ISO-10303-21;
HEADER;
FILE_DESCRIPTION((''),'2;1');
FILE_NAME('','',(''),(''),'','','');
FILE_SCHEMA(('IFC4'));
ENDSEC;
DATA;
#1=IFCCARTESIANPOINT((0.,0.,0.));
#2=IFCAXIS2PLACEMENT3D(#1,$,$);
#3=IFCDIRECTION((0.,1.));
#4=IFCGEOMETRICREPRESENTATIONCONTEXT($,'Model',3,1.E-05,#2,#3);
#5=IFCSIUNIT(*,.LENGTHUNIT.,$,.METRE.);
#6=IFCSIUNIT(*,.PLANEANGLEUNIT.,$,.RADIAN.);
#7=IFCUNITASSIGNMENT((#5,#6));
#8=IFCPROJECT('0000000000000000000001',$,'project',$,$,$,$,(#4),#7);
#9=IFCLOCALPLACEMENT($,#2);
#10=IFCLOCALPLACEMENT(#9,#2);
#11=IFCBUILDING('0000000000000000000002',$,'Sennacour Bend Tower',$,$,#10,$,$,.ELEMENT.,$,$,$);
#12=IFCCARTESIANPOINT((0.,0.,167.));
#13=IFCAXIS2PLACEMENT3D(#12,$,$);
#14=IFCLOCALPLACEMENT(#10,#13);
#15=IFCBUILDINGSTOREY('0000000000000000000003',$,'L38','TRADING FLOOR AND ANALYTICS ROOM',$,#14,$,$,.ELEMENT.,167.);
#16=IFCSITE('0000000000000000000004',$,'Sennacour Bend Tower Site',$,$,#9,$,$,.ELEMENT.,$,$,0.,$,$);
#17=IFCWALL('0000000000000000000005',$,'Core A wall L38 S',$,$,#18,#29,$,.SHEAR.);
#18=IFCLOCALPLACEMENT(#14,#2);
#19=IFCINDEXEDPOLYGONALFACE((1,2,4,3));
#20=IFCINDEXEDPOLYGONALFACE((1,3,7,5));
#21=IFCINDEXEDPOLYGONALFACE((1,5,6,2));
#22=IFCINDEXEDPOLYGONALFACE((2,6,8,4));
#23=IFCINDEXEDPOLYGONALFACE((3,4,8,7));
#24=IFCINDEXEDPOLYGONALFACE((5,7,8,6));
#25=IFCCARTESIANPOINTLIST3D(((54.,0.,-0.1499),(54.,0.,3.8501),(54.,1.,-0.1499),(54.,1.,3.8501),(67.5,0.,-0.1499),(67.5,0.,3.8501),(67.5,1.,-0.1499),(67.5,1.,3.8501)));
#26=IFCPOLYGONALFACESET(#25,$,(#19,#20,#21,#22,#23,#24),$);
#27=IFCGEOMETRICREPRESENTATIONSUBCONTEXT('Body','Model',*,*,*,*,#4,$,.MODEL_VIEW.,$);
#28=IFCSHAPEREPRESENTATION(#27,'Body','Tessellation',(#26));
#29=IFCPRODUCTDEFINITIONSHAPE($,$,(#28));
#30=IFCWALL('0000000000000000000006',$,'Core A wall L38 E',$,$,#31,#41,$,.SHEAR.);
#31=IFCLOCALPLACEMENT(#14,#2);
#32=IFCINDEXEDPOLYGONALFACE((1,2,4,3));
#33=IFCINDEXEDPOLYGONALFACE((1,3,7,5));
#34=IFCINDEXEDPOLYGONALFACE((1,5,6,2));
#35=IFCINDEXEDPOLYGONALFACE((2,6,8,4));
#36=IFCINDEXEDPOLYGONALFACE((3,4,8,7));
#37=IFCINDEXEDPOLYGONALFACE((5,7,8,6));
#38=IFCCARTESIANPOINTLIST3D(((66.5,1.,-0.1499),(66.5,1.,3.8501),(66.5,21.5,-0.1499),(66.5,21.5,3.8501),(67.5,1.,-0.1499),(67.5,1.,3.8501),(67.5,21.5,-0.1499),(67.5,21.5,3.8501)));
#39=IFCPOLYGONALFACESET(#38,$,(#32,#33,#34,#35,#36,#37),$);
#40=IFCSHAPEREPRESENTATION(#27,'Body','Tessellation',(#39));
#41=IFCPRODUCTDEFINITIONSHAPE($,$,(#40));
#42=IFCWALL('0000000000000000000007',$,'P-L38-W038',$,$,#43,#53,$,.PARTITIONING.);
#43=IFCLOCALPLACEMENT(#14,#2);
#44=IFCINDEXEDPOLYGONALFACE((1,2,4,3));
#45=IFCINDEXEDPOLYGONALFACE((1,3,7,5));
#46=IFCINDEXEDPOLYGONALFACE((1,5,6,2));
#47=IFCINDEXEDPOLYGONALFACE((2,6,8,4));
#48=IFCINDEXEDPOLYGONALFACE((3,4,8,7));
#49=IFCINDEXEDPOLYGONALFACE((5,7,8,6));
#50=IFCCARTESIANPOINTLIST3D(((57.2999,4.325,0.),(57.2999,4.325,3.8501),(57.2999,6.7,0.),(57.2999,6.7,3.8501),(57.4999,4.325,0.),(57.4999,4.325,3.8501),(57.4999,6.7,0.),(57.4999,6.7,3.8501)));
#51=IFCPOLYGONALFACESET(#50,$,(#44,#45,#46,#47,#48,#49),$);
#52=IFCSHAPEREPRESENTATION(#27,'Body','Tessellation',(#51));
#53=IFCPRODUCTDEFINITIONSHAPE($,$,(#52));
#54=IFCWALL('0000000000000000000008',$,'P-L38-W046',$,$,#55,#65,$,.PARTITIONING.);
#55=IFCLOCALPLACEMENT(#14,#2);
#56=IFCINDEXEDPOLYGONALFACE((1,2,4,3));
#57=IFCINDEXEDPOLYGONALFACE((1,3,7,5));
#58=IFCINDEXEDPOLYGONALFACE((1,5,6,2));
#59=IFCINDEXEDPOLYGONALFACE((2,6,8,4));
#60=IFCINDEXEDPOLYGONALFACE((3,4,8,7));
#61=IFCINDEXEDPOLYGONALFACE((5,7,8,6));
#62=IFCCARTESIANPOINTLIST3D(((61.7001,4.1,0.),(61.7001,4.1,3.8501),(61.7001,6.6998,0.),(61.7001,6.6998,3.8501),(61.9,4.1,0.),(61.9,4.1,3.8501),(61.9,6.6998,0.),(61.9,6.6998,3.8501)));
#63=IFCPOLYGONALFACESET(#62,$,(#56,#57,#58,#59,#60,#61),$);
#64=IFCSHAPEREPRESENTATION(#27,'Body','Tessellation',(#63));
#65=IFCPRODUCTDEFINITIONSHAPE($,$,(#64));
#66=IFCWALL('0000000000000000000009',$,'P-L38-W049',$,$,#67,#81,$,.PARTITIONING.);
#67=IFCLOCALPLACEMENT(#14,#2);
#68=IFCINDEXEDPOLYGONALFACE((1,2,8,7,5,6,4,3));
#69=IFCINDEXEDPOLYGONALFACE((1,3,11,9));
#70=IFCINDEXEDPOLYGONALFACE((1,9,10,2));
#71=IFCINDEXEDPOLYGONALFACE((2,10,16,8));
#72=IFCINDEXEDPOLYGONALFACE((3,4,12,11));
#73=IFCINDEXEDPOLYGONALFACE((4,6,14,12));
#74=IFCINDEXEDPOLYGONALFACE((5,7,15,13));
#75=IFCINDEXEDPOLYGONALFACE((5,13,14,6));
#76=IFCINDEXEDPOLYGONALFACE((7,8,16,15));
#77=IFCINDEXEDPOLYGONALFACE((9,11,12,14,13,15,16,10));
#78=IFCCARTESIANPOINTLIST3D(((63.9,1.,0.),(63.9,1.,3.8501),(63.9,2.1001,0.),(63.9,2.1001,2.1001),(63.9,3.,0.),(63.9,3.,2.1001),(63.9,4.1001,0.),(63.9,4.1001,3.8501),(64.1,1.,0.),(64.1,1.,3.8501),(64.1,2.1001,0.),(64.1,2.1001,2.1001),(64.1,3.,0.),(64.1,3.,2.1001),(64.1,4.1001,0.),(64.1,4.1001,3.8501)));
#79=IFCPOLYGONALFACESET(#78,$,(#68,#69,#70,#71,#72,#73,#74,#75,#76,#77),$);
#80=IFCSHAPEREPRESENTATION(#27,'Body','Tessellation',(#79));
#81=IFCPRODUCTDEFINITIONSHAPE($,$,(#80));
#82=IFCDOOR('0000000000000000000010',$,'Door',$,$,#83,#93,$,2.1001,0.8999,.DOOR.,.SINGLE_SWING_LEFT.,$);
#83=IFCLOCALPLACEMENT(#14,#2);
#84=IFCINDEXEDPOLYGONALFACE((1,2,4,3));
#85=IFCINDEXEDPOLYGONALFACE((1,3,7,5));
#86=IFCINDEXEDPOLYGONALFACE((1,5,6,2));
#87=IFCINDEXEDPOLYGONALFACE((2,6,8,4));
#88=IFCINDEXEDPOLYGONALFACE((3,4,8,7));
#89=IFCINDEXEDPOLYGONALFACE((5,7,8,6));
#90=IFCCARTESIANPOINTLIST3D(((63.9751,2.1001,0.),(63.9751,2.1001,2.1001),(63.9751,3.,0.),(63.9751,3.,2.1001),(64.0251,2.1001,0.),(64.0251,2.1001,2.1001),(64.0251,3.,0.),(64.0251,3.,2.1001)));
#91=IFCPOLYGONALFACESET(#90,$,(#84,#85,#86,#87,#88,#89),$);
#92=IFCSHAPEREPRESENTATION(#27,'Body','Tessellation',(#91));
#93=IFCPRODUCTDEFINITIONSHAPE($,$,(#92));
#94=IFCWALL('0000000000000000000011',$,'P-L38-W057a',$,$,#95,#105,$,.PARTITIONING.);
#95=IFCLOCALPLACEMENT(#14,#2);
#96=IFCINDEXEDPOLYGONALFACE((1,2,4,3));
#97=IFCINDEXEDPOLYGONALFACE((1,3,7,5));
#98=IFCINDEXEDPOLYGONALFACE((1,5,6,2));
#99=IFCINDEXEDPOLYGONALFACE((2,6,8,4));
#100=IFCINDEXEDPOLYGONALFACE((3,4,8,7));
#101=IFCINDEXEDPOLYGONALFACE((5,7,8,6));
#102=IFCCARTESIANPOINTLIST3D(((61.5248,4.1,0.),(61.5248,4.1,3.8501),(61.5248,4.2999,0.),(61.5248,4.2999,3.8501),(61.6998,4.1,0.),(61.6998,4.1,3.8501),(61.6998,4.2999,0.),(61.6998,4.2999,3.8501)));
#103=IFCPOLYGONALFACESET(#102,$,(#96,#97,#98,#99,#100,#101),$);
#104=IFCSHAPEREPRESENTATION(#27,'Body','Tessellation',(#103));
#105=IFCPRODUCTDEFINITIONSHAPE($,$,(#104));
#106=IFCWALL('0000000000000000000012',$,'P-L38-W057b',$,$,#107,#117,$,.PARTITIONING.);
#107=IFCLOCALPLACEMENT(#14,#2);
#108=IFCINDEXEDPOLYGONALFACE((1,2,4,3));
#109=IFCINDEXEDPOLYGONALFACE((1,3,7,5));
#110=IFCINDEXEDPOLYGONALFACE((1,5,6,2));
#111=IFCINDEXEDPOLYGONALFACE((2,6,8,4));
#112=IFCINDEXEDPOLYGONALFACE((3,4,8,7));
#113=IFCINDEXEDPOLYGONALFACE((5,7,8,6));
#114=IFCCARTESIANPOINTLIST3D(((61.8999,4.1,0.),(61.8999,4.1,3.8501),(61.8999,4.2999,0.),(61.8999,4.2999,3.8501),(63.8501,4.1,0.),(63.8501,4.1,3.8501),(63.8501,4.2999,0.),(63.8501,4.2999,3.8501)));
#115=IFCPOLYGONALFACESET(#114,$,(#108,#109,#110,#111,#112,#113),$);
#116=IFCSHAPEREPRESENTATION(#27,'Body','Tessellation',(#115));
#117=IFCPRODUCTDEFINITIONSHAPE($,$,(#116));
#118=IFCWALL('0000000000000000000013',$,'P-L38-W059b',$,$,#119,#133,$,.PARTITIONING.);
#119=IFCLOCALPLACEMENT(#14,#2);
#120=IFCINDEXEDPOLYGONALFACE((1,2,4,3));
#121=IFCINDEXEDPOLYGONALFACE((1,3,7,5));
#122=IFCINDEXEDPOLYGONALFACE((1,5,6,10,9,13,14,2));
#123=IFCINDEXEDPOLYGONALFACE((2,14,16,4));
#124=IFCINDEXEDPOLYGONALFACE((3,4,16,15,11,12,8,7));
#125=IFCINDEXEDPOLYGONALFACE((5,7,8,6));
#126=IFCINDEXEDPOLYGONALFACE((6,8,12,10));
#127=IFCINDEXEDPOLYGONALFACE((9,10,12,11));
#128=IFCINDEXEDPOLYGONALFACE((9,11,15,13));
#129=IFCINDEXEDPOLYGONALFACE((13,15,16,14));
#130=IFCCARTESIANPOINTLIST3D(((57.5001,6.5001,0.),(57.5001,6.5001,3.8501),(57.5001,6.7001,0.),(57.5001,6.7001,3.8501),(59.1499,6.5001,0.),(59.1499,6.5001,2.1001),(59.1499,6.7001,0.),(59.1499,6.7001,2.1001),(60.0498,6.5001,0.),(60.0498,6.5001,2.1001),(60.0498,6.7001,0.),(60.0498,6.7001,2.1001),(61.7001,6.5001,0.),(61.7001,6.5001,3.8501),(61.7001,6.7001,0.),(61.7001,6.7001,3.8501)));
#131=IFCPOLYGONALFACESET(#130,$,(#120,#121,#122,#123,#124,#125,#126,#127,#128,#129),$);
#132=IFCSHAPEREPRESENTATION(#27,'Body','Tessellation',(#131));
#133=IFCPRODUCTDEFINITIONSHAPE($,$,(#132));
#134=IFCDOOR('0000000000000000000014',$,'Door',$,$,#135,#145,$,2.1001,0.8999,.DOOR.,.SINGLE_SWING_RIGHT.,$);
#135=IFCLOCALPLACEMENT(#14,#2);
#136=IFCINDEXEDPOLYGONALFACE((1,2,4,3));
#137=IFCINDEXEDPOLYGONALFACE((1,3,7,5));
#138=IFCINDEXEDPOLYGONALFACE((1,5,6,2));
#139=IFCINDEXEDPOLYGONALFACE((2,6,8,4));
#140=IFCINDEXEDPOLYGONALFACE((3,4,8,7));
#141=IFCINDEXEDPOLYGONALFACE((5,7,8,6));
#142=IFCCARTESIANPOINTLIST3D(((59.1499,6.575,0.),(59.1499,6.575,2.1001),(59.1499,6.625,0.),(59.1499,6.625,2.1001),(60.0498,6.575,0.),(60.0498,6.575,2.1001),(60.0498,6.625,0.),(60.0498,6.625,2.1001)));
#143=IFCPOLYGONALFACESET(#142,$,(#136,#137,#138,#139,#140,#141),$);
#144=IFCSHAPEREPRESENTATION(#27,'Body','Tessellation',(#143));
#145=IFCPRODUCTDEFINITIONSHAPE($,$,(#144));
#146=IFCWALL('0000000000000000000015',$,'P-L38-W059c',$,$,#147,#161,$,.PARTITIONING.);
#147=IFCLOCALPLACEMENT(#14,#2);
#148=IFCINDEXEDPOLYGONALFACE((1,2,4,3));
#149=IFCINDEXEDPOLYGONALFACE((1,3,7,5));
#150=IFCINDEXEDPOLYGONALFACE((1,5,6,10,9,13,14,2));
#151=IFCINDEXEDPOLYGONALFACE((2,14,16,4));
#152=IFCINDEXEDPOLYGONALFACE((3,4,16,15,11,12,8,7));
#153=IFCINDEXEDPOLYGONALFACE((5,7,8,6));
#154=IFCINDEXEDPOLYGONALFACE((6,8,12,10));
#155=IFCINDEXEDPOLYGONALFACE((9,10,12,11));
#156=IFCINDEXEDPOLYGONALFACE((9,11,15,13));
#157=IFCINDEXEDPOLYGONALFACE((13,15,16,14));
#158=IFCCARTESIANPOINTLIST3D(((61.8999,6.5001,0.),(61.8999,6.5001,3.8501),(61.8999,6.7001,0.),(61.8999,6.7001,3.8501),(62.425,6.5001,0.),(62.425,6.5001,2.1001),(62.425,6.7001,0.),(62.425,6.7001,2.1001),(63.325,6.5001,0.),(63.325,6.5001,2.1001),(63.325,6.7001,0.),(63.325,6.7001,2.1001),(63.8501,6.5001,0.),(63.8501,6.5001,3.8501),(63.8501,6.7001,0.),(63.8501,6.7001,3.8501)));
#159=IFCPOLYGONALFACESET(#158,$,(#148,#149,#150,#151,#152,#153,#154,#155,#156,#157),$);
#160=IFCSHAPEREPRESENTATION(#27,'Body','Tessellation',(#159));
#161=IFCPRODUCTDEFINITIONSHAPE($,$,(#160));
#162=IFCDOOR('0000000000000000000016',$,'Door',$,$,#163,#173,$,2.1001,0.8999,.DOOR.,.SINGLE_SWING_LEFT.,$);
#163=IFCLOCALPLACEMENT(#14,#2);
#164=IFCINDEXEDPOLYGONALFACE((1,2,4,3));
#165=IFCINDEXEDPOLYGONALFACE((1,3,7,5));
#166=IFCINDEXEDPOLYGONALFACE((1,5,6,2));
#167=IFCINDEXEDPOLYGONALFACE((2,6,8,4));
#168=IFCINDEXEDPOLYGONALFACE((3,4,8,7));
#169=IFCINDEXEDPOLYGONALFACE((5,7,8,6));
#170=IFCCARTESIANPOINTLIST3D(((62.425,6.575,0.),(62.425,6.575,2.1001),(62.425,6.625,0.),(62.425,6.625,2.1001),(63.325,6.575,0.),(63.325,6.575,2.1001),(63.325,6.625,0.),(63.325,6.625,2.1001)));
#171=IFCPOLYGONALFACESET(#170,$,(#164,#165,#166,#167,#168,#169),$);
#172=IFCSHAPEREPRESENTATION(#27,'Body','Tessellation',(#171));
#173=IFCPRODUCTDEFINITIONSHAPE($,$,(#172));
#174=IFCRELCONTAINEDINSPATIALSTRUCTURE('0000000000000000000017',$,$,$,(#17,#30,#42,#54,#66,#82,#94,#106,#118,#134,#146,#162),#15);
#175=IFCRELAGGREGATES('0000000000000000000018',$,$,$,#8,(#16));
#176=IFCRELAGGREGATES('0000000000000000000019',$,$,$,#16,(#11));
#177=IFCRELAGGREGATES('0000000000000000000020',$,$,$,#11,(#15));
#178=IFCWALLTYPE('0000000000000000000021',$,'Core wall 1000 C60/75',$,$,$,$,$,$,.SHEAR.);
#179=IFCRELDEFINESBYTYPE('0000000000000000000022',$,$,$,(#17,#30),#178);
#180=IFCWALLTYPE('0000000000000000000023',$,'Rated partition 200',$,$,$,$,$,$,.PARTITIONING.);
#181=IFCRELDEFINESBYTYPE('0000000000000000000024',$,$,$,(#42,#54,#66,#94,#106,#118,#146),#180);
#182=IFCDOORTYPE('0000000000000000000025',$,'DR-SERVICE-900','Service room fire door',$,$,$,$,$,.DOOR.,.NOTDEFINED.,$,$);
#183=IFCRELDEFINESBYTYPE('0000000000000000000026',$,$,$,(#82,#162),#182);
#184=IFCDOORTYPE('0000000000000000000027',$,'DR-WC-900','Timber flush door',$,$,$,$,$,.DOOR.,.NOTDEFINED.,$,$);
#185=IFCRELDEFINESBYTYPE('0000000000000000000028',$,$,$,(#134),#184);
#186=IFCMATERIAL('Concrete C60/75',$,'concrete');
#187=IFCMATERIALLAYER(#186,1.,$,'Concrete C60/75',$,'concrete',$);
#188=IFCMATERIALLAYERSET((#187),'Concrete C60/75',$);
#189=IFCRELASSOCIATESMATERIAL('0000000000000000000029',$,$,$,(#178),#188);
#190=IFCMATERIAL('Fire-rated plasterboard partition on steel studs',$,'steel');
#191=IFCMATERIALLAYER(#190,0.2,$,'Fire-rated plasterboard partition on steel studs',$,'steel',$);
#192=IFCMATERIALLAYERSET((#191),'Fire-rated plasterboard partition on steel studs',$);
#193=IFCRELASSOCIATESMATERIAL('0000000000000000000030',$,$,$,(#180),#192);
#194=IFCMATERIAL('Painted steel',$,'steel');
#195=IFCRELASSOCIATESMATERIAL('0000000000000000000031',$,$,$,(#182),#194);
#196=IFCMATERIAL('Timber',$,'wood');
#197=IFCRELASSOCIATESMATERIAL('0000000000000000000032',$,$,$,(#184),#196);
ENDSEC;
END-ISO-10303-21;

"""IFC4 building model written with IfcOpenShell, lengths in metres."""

from ifc_helpers import new_model, si_unit, direction, frame, frame_2d, origin, place, context, subcontext, project, spatial, rectangle, extrude, material, layer, layer_set, type_object, element, fill, save


model = new_model("IFC4")

# Units and contexts
model_context = context("Model", 3, precision=1e-05, world=origin(), true_north=direction((0.0, 1.0)))
body_context = subcontext(model_context, "Body", "Model", "MODEL_VIEW")
ifc_project = project(units=[si_unit("LENGTHUNIT", "METRE"), si_unit("PLANEANGLEUNIT", "RADIAN")], contexts=[model_context])

# Site, building, storey
site_placement = place(None, origin())
site = spatial("IfcSite", under=ifc_project, at=site_placement, Name="Sennacour Bend Tower Site", CompositionType="ELEMENT", RefElevation=0.0)
building_placement = place(site_placement, origin())
building = spatial("IfcBuilding", under=site, at=building_placement, Name="Sennacour Bend Tower", CompositionType="ELEMENT")
storey_placement = place(building_placement, frame((0.0, 0.0, 167.0)))
storey = spatial("IfcBuildingStorey", under=building, at=storey_placement, Name="L38", Description="TRADING FLOOR AND ANALYTICS ROOM", CompositionType="ELEMENT", Elevation=167.0)

# Walls
ifc_material_1 = material(Name="Concrete C60/75", Category="concrete")
ifc_layer_1 = layer(ifc_material_1, 1.0, Name="Concrete C60/75", Category="concrete")
ifc_layer_set_1 = layer_set([ifc_layer_1], Name="Concrete C60/75")
wall_type_1 = type_object("IfcWallType", Name="Core wall 1000 C60/75", PredefinedType="SHEAR", material=ifc_layer_set_1)
wall_1_placement = place(storey_placement, frame((67.5, 0.5, -0.1499), z_axis=(0.0, 0.0, 1.0), x_axis=(-1.0, 0.0, 0.0)))
element("IfcWall", 1, at=wall_1_placement, inside=storey, type_object=wall_type_1, Name="Core A wall L38 S", PredefinedType="SHEAR", context=body_context, shape_type="SweptSolid", body=[
    extrude(rectangle(XDim=13.5, YDim=1.0, at=frame_2d((6.75, 0.0))), origin(), (0.0, 0.0, 1.0), 4.0),
])
wall_2_placement = place(storey_placement, frame((67.0, 1.0, -0.1499), z_axis=(0.0, 0.0, 1.0), x_axis=(0.0, 1.0, 0.0)))
element("IfcWall", 2, at=wall_2_placement, inside=storey, type_object=wall_type_1, Name="Core A wall L38 E", PredefinedType="SHEAR", context=body_context, shape_type="SweptSolid", body=[
    extrude(rectangle(XDim=20.5, YDim=1.0, at=frame_2d((10.25, 0.0))), origin(), (0.0, 0.0, 1.0), 4.0),
])
ifc_material_2 = material(Name="Fire-rated plasterboard partition on steel studs", Category="steel")
ifc_layer_2 = layer(ifc_material_2, 0.2, Name="Fire-rated plasterboard partition on steel studs", Category="steel")
ifc_layer_set_2 = layer_set([ifc_layer_2], Name="Fire-rated plasterboard partition on steel studs")
wall_type_2 = type_object("IfcWallType", Name="Rated partition 200", PredefinedType="PARTITIONING", material=ifc_layer_set_2)
wall_3_placement = place(storey_placement, frame((57.3999, 4.325, 0.0), z_axis=(0.0, 0.0, 1.0), x_axis=(0.0, 1.0, 0.0)))
element("IfcWall", 3, at=wall_3_placement, inside=storey, type_object=wall_type_2, Name="P-L38-W038", PredefinedType="PARTITIONING", context=body_context, shape_type="SweptSolid", body=[
    extrude(rectangle(XDim=2.375, YDim=0.2, at=frame_2d((1.1875, 0.0))), origin(), (0.0, 0.0, 1.0), 3.8501),
])
wall_4_placement = place(storey_placement, frame((61.8, 4.1001, 0.0), z_axis=(0.0, 0.0, 1.0), x_axis=(0.0, 1.0, 0.0)))
element("IfcWall", 4, at=wall_4_placement, inside=storey, type_object=wall_type_2, Name="P-L38-W046", PredefinedType="PARTITIONING", context=body_context, shape_type="SweptSolid", body=[
    extrude(rectangle(XDim=2.5999, YDim=0.2, at=frame_2d((1.2998, 0.0))), origin(), (0.0, 0.0, 1.0), 3.8501),
])

# Wall, opening, door
wall_5_placement = place(storey_placement, frame((64.0, 1.0, 0.0), z_axis=(0.0, 0.0, 1.0), x_axis=(0.0, 1.0, 0.0)))
wall_5 = element("IfcWall", 5, at=wall_5_placement, inside=storey, type_object=wall_type_2, Name="P-L38-W049", PredefinedType="PARTITIONING", context=body_context, shape_type="SweptSolid", body=[
    extrude(rectangle(XDim=3.1001, YDim=0.2, at=frame_2d((1.55, 0.0))), origin(), (0.0, 0.0, 1.0), 3.8501),
])
opening_1_placement = place(wall_5_placement, frame((1.1001, 0.0, 0.0)))
opening_1 = element("IfcOpeningElement", 6, at=opening_1_placement, cuts=wall_5, PredefinedType="OPENING", context=body_context, shape_type="SweptSolid", body=[
    extrude(rectangle(XDim=0.8999, YDim=2.1001, at=frame_2d((0.45, 1.05))), frame((0.0, 0.1099, 0.0), z_axis=(0.0, -1.0, 0.0), x_axis=(1.0, 0.0, 0.0)), (0.0, 0.0, 1.0), 0.22),
])
ifc_material_3 = material(Name="Painted steel", Category="steel")
door_type_1 = type_object("IfcDoorType", Name="DR-SERVICE-900", Description="Service room fire door", OperationType="NOTDEFINED", PredefinedType="DOOR", material=ifc_material_3)
door_1_placement = place(opening_1_placement, origin())
door_1 = element("IfcDoor", 7, at=door_1_placement, inside=storey, type_object=door_type_1, Name="Door", OperationType="SINGLE_SWING_LEFT", OverallHeight=2.1001, OverallWidth=0.8999, PredefinedType="DOOR", context=body_context, shape_type="SweptSolid", body=[
    extrude(rectangle(XDim=0.8999, YDim=2.1001, at=frame_2d((0.45, 1.05))), frame((0.0, 0.0249, 0.0), z_axis=(0.0, -1.0, 0.0), x_axis=(1.0, 0.0, 0.0)), (0.0, 0.0, 1.0), 0.05),
])
fill(opening_1, door_1)

# Walls
wall_6_placement = place(storey_placement, frame((61.5249, 4.2, 0.0), z_axis=(0.0, 0.0, 1.0), x_axis=(1.0, 0.0, 0.0)))
element("IfcWall", 8, at=wall_6_placement, inside=storey, type_object=wall_type_2, Name="P-L38-W057a", PredefinedType="PARTITIONING", context=body_context, shape_type="SweptSolid", body=[
    extrude(rectangle(XDim=0.175, YDim=0.2, at=frame_2d((0.0874, 0.0))), origin(), (0.0, 0.0, 1.0), 3.8501),
])
wall_7_placement = place(storey_placement, frame((61.8999, 4.2, 0.0), z_axis=(0.0, 0.0, 1.0), x_axis=(1.0, 0.0, 0.0)))
element("IfcWall", 9, at=wall_7_placement, inside=storey, type_object=wall_type_2, Name="P-L38-W057b", PredefinedType="PARTITIONING", context=body_context, shape_type="SweptSolid", body=[
    extrude(rectangle(XDim=1.9502, YDim=0.2, at=frame_2d((0.9751, 0.0))), origin(), (0.0, 0.0, 1.0), 3.8501),
])

# Walls, openings, doors
wall_8_placement = place(storey_placement, frame((57.5, 6.6001, 0.0), z_axis=(0.0, 0.0, 1.0), x_axis=(1.0, 0.0, 0.0)))
wall_8 = element("IfcWall", 10, at=wall_8_placement, inside=storey, type_object=wall_type_2, Name="P-L38-W059b", PredefinedType="PARTITIONING", context=body_context, shape_type="SweptSolid", body=[
    extrude(rectangle(XDim=4.2, YDim=0.2, at=frame_2d((2.1001, 0.0))), origin(), (0.0, 0.0, 1.0), 3.8501),
])
opening_2_placement = place(wall_8_placement, frame((1.6499, 0.0, 0.0)))
opening_2 = element("IfcOpeningElement", 11, at=opening_2_placement, cuts=wall_8, PredefinedType="OPENING", context=body_context, shape_type="SweptSolid", body=[
    extrude(rectangle(XDim=0.8999, YDim=2.1001, at=frame_2d((0.45, 1.05))), frame((0.0, 0.1099, 0.0), z_axis=(0.0, -1.0, 0.0), x_axis=(1.0, 0.0, 0.0)), (0.0, 0.0, 1.0), 0.22),
])
ifc_material_4 = material(Name="Timber", Category="wood")
door_type_2 = type_object("IfcDoorType", Name="DR-WC-900", Description="Timber flush door", OperationType="NOTDEFINED", PredefinedType="DOOR", material=ifc_material_4)
door_2_placement = place(opening_2_placement, origin())
door_2 = element("IfcDoor", 12, at=door_2_placement, inside=storey, type_object=door_type_2, Name="Door", OperationType="SINGLE_SWING_RIGHT", OverallHeight=2.1001, OverallWidth=0.8999, PredefinedType="DOOR", context=body_context, shape_type="SweptSolid", body=[
    extrude(rectangle(XDim=0.8999, YDim=2.1001, at=frame_2d((0.45, 1.05))), frame((0.0, 0.0249, 0.0), z_axis=(0.0, -1.0, 0.0), x_axis=(1.0, 0.0, 0.0)), (0.0, 0.0, 1.0), 0.05),
])
fill(opening_2, door_2)
wall_9_placement = place(storey_placement, frame((61.8999, 6.6001, 0.0), z_axis=(0.0, 0.0, 1.0), x_axis=(1.0, 0.0, 0.0)))
wall_9 = element("IfcWall", 13, at=wall_9_placement, inside=storey, type_object=wall_type_2, Name="P-L38-W059c", PredefinedType="PARTITIONING", context=body_context, shape_type="SweptSolid", body=[
    extrude(rectangle(XDim=1.9502, YDim=0.2, at=frame_2d((0.9751, 0.0))), origin(), (0.0, 0.0, 1.0), 3.8501),
])
opening_3_placement = place(wall_9_placement, frame((0.5251, 0.0, 0.0)))
opening_3 = element("IfcOpeningElement", 14, at=opening_3_placement, cuts=wall_9, PredefinedType="OPENING", context=body_context, shape_type="SweptSolid", body=[
    extrude(rectangle(XDim=0.8999, YDim=2.1001, at=frame_2d((0.45, 1.05))), frame((0.0, 0.1099, 0.0), z_axis=(0.0, -1.0, 0.0), x_axis=(1.0, 0.0, 0.0)), (0.0, 0.0, 1.0), 0.22),
])
door_3_placement = place(opening_3_placement, origin())
door_3 = element("IfcDoor", 15, at=door_3_placement, inside=storey, type_object=door_type_1, Name="Door", OperationType="SINGLE_SWING_LEFT", OverallHeight=2.1001, OverallWidth=0.8999, PredefinedType="DOOR", context=body_context, shape_type="SweptSolid", body=[
    extrude(rectangle(XDim=0.8999, YDim=2.1001, at=frame_2d((0.45, 1.05))), frame((0.0, 0.0249, 0.0), z_axis=(0.0, -1.0, 0.0), x_axis=(1.0, 0.0, 0.0)), (0.0, 0.0, 1.0), 0.05),
])
fill(opening_3, door_3)

save(model, "model.ifc")
